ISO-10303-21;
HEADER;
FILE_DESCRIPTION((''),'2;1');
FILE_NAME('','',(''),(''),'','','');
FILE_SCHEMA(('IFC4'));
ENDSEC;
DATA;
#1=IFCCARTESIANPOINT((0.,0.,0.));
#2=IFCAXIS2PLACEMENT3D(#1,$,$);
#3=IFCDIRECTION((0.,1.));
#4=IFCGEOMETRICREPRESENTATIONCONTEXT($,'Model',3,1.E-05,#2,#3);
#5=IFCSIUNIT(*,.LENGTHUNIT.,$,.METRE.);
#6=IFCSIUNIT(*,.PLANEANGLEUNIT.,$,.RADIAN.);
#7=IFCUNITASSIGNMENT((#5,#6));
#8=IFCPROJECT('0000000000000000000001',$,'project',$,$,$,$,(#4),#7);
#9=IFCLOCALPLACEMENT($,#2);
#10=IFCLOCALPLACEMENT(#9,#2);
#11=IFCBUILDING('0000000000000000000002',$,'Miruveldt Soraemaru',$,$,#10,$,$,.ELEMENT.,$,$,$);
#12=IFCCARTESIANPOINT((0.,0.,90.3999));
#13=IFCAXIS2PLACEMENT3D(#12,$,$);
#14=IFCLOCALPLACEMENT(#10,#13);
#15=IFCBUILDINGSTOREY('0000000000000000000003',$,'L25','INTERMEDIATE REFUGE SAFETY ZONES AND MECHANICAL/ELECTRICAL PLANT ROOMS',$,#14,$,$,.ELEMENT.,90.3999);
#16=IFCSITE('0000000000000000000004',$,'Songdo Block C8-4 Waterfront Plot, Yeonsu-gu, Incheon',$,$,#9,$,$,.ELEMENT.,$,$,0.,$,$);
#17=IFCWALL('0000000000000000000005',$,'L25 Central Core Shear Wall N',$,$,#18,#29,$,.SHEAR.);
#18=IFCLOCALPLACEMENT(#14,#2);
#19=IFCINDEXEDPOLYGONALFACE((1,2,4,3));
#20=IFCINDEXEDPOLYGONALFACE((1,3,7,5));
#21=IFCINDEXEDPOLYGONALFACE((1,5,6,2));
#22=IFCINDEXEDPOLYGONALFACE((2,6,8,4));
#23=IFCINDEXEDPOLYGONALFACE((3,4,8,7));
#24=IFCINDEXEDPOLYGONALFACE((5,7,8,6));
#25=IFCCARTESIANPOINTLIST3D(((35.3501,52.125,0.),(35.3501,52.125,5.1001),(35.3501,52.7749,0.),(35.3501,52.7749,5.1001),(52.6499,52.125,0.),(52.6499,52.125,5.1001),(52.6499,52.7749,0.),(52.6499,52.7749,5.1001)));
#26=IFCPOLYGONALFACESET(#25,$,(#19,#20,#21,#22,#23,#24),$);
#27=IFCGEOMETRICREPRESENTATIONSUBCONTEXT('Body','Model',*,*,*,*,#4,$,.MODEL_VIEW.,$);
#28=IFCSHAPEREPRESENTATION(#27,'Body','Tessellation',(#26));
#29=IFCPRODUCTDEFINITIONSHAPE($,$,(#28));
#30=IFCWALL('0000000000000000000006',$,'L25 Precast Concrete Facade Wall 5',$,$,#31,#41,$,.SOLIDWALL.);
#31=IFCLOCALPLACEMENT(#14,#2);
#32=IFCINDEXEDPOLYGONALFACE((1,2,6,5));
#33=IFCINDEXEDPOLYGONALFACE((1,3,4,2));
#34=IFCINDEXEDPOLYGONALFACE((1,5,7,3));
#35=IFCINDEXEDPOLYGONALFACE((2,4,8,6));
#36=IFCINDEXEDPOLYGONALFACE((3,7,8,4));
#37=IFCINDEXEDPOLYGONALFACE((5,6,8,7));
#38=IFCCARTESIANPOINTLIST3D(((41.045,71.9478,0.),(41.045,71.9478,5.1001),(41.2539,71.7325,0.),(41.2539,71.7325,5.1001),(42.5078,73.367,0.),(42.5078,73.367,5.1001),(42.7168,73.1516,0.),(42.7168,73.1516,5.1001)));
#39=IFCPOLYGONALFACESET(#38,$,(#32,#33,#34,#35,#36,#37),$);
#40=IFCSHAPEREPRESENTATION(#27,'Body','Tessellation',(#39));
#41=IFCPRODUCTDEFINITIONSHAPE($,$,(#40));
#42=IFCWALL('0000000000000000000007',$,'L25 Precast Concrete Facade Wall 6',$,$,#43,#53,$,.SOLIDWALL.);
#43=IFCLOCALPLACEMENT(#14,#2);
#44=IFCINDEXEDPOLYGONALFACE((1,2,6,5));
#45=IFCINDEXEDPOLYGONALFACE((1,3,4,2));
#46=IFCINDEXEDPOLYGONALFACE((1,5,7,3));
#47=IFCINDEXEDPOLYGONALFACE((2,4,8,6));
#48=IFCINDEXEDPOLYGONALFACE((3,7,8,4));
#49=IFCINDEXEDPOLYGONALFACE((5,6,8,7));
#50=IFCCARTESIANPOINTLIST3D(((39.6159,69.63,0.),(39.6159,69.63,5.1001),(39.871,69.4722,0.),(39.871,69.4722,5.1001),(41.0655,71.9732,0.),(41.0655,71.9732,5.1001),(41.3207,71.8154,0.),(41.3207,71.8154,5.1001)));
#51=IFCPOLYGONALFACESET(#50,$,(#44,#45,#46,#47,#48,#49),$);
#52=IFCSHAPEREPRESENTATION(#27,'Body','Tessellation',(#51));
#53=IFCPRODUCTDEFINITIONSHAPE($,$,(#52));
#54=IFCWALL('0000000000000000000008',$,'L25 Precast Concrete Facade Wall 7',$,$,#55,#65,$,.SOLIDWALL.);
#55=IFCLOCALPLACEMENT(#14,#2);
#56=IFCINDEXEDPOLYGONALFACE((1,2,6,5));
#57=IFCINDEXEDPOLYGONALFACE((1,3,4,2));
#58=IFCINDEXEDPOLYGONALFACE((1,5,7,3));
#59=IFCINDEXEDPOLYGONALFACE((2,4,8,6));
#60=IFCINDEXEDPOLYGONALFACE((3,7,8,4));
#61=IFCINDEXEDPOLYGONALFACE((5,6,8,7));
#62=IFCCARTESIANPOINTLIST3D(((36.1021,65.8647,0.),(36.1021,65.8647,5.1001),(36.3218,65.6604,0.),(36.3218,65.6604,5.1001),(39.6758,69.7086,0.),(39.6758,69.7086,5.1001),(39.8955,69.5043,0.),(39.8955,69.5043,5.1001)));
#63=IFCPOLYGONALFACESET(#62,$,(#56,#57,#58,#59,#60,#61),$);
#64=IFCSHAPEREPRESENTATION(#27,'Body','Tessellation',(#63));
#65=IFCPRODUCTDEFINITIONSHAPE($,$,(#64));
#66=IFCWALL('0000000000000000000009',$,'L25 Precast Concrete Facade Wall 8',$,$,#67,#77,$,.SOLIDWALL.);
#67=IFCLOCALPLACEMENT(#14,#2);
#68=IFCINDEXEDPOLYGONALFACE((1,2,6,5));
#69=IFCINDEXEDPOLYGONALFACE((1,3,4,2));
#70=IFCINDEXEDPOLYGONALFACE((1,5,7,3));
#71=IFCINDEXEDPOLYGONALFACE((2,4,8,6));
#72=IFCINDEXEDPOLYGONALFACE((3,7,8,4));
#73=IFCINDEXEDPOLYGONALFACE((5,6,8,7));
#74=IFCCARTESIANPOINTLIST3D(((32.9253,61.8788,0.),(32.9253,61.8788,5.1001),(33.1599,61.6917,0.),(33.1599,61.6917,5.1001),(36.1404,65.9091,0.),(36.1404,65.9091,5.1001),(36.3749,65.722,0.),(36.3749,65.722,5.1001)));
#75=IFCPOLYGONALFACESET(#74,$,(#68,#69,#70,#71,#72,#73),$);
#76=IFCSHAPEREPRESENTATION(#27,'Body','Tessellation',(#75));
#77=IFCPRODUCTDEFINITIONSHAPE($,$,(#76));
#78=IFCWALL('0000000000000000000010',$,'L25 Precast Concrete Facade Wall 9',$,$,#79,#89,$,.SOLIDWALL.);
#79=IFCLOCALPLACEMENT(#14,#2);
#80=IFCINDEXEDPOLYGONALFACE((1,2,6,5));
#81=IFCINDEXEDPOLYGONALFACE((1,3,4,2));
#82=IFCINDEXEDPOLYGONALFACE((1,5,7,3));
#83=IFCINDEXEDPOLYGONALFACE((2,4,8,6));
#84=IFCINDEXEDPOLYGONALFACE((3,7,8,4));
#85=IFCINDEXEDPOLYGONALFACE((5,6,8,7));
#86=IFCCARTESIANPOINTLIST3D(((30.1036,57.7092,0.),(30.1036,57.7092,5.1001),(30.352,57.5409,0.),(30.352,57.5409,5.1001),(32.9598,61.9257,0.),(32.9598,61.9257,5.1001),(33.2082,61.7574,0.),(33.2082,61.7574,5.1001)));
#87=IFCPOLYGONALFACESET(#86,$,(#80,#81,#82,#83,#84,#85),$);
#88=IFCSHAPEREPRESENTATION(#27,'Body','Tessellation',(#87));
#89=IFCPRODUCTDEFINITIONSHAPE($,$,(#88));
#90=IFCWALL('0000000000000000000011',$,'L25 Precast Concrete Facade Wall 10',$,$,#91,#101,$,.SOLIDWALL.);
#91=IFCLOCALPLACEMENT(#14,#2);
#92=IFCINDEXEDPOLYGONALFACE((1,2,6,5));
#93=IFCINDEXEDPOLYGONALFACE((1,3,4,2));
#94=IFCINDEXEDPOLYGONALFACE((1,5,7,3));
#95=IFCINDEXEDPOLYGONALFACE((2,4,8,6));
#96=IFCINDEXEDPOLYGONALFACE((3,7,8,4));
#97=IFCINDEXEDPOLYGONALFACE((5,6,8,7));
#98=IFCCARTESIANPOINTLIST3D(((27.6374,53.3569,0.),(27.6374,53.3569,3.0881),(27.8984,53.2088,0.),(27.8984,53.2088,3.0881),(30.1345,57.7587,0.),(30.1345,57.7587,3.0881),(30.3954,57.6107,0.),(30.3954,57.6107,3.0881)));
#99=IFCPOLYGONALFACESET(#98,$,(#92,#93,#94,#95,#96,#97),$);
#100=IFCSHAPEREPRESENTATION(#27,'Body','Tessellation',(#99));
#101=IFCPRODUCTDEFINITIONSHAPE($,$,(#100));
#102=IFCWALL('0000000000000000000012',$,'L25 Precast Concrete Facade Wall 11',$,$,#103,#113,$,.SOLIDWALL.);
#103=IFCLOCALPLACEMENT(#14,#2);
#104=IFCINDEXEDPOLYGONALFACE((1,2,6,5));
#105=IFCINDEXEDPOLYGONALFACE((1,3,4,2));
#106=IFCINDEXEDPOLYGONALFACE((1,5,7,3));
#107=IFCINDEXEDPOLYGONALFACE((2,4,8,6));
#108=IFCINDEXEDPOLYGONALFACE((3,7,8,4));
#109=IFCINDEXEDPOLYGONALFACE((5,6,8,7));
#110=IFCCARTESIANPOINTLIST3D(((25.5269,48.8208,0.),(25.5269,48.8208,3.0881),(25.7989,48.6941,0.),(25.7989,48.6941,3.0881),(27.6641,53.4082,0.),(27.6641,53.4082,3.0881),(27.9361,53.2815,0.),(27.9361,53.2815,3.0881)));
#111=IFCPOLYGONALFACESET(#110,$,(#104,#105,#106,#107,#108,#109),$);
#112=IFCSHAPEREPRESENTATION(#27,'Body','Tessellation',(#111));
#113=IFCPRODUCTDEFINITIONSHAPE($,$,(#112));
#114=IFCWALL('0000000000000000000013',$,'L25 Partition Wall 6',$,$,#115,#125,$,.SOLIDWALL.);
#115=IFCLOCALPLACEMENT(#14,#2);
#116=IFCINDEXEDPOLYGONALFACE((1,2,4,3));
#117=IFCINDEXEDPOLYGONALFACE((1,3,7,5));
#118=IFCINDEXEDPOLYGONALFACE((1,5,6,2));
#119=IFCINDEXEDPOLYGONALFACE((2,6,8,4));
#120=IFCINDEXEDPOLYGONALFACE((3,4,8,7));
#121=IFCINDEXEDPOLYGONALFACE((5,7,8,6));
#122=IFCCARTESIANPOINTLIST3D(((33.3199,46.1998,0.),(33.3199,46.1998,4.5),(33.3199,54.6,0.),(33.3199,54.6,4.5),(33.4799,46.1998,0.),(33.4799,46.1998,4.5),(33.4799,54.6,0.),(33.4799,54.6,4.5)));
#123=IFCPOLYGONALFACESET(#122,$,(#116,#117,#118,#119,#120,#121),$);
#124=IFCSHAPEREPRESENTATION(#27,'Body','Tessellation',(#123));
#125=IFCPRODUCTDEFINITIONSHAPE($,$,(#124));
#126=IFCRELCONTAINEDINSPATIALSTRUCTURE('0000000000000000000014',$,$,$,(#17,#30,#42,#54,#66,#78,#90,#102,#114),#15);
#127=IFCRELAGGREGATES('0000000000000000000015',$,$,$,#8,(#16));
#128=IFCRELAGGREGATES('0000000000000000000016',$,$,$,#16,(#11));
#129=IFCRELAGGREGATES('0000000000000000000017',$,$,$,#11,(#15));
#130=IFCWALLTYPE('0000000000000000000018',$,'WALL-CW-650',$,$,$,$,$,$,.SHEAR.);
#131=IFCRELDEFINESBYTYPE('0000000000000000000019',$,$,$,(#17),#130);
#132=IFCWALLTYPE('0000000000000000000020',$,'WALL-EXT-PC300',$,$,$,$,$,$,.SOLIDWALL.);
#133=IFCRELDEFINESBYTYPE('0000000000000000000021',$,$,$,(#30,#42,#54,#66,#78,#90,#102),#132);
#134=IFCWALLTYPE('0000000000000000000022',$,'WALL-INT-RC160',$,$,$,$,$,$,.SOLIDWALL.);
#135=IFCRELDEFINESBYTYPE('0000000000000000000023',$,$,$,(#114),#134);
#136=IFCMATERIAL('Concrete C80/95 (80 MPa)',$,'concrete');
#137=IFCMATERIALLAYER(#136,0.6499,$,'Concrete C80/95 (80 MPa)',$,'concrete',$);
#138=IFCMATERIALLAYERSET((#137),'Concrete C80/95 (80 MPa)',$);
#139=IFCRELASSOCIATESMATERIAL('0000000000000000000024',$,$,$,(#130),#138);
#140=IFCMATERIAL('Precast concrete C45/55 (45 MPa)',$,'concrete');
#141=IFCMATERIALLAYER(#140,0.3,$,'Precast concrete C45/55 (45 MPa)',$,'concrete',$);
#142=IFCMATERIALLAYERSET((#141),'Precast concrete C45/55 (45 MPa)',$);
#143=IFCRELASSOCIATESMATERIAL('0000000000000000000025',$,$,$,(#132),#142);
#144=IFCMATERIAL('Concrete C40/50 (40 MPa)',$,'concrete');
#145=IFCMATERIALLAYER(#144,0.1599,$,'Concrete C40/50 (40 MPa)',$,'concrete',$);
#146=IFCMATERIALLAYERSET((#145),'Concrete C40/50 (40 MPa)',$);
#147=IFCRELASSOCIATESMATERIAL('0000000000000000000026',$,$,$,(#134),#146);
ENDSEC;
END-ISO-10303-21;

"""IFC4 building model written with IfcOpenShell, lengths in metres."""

from ifc_helpers import new_model, si_unit, direction, frame, frame_2d, origin, place, context, subcontext, project, spatial, rectangle, extrude, material, layer, layer_set, type_object, element, save


model = new_model("IFC4")

# Units and contexts
model_context = context("Model", 3, precision=1e-05, world=origin(), true_north=direction((0.0, 1.0)))
body_context = subcontext(model_context, "Body", "Model", "MODEL_VIEW")
ifc_project = project(units=[si_unit("LENGTHUNIT", "METRE"), si_unit("PLANEANGLEUNIT", "RADIAN")], contexts=[model_context])

# Site, building, storey
site_placement = place(None, origin())
site = spatial("IfcSite", under=ifc_project, at=site_placement, Name="Songdo Block C8-4 Waterfront Plot, Yeonsu-gu, Incheon", CompositionType="ELEMENT", RefElevation=0.0)
building_placement = place(site_placement, origin())
building = spatial("IfcBuilding", under=site, at=building_placement, Name="Miruveldt Soraemaru", CompositionType="ELEMENT")
storey_placement = place(building_placement, frame((0.0, 0.0, 90.3999)))
storey = spatial("IfcBuildingStorey", under=building, at=storey_placement, Name="L25", Description="INTERMEDIATE REFUGE SAFETY ZONES AND MECHANICAL/ELECTRICAL PLANT ROOMS", CompositionType="ELEMENT", Elevation=90.3999)

# Shared definitions
ifc_material_1 = material(Name="Concrete C40/50 (40 MPa)", Category="concrete")

# Walls
ifc_material_2 = material(Name="Concrete C80/95 (80 MPa)", Category="concrete")
ifc_layer_1 = layer(ifc_material_2, 0.6499, Name="Concrete C80/95 (80 MPa)", Category="concrete")
ifc_layer_set_1 = layer_set([ifc_layer_1], Name="Concrete C80/95 (80 MPa)")
wall_type_1 = type_object("IfcWallType", Name="WALL-CW-650", PredefinedType="SHEAR", material=ifc_layer_set_1)
wall_1_placement = place(storey_placement, frame((35.3501, 52.45, 0.0), z_axis=(0.0, 0.0, 1.0), x_axis=(1.0, 0.0, 0.0)))
element("IfcWall", 1, at=wall_1_placement, inside=storey, type_object=wall_type_1, Name="L25 Central Core Shear Wall N", PredefinedType="SHEAR", context=body_context, shape_type="SweptSolid", body=[
    extrude(rectangle(XDim=17.2998, YDim=0.6499, at=frame_2d((8.6499, 0.0))), origin(), (0.0, 0.0, 1.0), 5.1001),
])
ifc_material_3 = material(Name="Precast concrete C45/55 (45 MPa)", Category="concrete")
ifc_layer_2 = layer(ifc_material_3, 0.3, Name="Precast concrete C45/55 (45 MPa)", Category="concrete")
ifc_layer_set_2 = layer_set([ifc_layer_2], Name="Precast concrete C45/55 (45 MPa)")
wall_type_2 = type_object("IfcWallType", Name="WALL-EXT-PC300", PredefinedType="SOLIDWALL", material=ifc_layer_set_2)
wall_2_placement = place(storey_placement, frame((42.6123, 73.2593, 0.0), z_axis=(0.0, 0.0, 1.0), x_axis=(-0.717746, -0.696305, 0.0)))
element("IfcWall", 2, at=wall_2_placement, inside=storey, type_object=wall_type_2, Name="L25 Precast Concrete Facade Wall 5", PredefinedType="SOLIDWALL", context=body_context, shape_type="SweptSolid", body=[
    extrude(rectangle(XDim=2.0381, YDim=0.3, at=frame_2d((1.019, 0.0))), origin(), (0.0, 0.0, 1.0), 5.1001),
])
wall_3_placement = place(storey_placement, frame((41.1931, 71.8943, 0.0), z_axis=(0.0, 0.0, 1.0), x_axis=(-0.526123, -0.850409, 0.0)))
element("IfcWall", 3, at=wall_3_placement, inside=storey, type_object=wall_type_2, Name="L25 Precast Concrete Facade Wall 6", PredefinedType="SOLIDWALL", context=body_context, shape_type="SweptSolid", body=[
    extrude(rectangle(XDim=2.7554, YDim=0.3, at=frame_2d((1.3777, 0.0))), origin(), (0.0, 0.0, 1.0), 5.1001),
])
wall_4_placement = place(storey_placement, frame((39.7856, 69.6064, 0.0), z_axis=(0.0, 0.0, 1.0), x_axis=(-0.680892, -0.732384, 0.0)))
element("IfcWall", 4, at=wall_4_placement, inside=storey, type_object=wall_type_2, Name="L25 Precast Concrete Facade Wall 7", PredefinedType="SOLIDWALL", context=body_context, shape_type="SweptSolid", body=[
    extrude(rectangle(XDim=5.2485, YDim=0.3, at=frame_2d((2.6243, 0.0))), origin(), (0.0, 0.0, 1.0), 5.1001),
])
wall_5_placement = place(storey_placement, frame((36.2576, 65.8154, 0.0), z_axis=(0.0, 0.0, 1.0), x_axis=(-0.623615, -0.781732, 0.0)))
element("IfcWall", 5, at=wall_5_placement, inside=storey, type_object=wall_type_2, Name="L25 Precast Concrete Facade Wall 8", PredefinedType="SOLIDWALL", context=body_context, shape_type="SweptSolid", body=[
    extrude(rectangle(XDim=5.1555, YDim=0.3, at=frame_2d((2.5776, 0.0))), origin(), (0.0, 0.0, 1.0), 5.1001),
])
wall_6_placement = place(storey_placement, frame((33.084, 61.8416, 0.0), z_axis=(0.0, 0.0, 1.0), x_axis=(-0.560825, -0.827934, 0.0)))
element("IfcWall", 6, at=wall_6_placement, inside=storey, type_object=wall_type_2, Name="L25 Precast Concrete Facade Wall 9", PredefinedType="SOLIDWALL", context=body_context, shape_type="SweptSolid", body=[
    extrude(rectangle(XDim=5.0928, YDim=0.3, at=frame_2d((2.5464, 0.0))), origin(), (0.0, 0.0, 1.0), 5.1001),
])
for number, where, z_axis, x_axis, name in (
    (7, (30.2649, 57.6846, 0.0), (0.0, 0.0, 1.0), (-0.493414, -0.869794, 0.0), "L25 Precast Concrete Facade Wall 10"),
    (8, (27.8, 53.3447, 0.0), (0.0, 0.0, 1.0), (-0.422304, -0.906454, 0.0), "L25 Precast Concrete Facade Wall 11"),
):
    element("IfcWall", number, at=place(storey_placement, frame(where, z_axis=z_axis, x_axis=x_axis)), inside=storey, type_object=wall_type_2, Name=name, PredefinedType="SOLIDWALL", context=body_context, shape_type="SweptSolid", body=[
        extrude(rectangle(XDim=5.0608, YDim=0.3, at=frame_2d((2.5303, 0.0))), origin(), (0.0, 0.0, 1.0), 3.0881),
    ])
ifc_layer_3 = layer(ifc_material_1, 0.1599, Name="Concrete C40/50 (40 MPa)", Category="concrete")
ifc_layer_set_3 = layer_set([ifc_layer_3], Name="Concrete C40/50 (40 MPa)")
wall_type_3 = type_object("IfcWallType", Name="WALL-INT-RC160", PredefinedType="SOLIDWALL", material=ifc_layer_set_3)
wall_7_placement = place(storey_placement, frame((33.3999, 54.6001, 0.0), z_axis=(0.0, 0.0, 1.0), x_axis=(0.0, -1.0, 0.0)))
element("IfcWall", 9, at=wall_7_placement, inside=storey, type_object=wall_type_3, Name="L25 Partition Wall 6", PredefinedType="SOLIDWALL", context=body_context, shape_type="SweptSolid", body=[
    extrude(rectangle(XDim=8.4001, YDim=0.1599, at=frame_2d((4.2002, 0.0))), origin(), (0.0, 0.0, 1.0), 4.5),
])

save(model, "model.ifc")
